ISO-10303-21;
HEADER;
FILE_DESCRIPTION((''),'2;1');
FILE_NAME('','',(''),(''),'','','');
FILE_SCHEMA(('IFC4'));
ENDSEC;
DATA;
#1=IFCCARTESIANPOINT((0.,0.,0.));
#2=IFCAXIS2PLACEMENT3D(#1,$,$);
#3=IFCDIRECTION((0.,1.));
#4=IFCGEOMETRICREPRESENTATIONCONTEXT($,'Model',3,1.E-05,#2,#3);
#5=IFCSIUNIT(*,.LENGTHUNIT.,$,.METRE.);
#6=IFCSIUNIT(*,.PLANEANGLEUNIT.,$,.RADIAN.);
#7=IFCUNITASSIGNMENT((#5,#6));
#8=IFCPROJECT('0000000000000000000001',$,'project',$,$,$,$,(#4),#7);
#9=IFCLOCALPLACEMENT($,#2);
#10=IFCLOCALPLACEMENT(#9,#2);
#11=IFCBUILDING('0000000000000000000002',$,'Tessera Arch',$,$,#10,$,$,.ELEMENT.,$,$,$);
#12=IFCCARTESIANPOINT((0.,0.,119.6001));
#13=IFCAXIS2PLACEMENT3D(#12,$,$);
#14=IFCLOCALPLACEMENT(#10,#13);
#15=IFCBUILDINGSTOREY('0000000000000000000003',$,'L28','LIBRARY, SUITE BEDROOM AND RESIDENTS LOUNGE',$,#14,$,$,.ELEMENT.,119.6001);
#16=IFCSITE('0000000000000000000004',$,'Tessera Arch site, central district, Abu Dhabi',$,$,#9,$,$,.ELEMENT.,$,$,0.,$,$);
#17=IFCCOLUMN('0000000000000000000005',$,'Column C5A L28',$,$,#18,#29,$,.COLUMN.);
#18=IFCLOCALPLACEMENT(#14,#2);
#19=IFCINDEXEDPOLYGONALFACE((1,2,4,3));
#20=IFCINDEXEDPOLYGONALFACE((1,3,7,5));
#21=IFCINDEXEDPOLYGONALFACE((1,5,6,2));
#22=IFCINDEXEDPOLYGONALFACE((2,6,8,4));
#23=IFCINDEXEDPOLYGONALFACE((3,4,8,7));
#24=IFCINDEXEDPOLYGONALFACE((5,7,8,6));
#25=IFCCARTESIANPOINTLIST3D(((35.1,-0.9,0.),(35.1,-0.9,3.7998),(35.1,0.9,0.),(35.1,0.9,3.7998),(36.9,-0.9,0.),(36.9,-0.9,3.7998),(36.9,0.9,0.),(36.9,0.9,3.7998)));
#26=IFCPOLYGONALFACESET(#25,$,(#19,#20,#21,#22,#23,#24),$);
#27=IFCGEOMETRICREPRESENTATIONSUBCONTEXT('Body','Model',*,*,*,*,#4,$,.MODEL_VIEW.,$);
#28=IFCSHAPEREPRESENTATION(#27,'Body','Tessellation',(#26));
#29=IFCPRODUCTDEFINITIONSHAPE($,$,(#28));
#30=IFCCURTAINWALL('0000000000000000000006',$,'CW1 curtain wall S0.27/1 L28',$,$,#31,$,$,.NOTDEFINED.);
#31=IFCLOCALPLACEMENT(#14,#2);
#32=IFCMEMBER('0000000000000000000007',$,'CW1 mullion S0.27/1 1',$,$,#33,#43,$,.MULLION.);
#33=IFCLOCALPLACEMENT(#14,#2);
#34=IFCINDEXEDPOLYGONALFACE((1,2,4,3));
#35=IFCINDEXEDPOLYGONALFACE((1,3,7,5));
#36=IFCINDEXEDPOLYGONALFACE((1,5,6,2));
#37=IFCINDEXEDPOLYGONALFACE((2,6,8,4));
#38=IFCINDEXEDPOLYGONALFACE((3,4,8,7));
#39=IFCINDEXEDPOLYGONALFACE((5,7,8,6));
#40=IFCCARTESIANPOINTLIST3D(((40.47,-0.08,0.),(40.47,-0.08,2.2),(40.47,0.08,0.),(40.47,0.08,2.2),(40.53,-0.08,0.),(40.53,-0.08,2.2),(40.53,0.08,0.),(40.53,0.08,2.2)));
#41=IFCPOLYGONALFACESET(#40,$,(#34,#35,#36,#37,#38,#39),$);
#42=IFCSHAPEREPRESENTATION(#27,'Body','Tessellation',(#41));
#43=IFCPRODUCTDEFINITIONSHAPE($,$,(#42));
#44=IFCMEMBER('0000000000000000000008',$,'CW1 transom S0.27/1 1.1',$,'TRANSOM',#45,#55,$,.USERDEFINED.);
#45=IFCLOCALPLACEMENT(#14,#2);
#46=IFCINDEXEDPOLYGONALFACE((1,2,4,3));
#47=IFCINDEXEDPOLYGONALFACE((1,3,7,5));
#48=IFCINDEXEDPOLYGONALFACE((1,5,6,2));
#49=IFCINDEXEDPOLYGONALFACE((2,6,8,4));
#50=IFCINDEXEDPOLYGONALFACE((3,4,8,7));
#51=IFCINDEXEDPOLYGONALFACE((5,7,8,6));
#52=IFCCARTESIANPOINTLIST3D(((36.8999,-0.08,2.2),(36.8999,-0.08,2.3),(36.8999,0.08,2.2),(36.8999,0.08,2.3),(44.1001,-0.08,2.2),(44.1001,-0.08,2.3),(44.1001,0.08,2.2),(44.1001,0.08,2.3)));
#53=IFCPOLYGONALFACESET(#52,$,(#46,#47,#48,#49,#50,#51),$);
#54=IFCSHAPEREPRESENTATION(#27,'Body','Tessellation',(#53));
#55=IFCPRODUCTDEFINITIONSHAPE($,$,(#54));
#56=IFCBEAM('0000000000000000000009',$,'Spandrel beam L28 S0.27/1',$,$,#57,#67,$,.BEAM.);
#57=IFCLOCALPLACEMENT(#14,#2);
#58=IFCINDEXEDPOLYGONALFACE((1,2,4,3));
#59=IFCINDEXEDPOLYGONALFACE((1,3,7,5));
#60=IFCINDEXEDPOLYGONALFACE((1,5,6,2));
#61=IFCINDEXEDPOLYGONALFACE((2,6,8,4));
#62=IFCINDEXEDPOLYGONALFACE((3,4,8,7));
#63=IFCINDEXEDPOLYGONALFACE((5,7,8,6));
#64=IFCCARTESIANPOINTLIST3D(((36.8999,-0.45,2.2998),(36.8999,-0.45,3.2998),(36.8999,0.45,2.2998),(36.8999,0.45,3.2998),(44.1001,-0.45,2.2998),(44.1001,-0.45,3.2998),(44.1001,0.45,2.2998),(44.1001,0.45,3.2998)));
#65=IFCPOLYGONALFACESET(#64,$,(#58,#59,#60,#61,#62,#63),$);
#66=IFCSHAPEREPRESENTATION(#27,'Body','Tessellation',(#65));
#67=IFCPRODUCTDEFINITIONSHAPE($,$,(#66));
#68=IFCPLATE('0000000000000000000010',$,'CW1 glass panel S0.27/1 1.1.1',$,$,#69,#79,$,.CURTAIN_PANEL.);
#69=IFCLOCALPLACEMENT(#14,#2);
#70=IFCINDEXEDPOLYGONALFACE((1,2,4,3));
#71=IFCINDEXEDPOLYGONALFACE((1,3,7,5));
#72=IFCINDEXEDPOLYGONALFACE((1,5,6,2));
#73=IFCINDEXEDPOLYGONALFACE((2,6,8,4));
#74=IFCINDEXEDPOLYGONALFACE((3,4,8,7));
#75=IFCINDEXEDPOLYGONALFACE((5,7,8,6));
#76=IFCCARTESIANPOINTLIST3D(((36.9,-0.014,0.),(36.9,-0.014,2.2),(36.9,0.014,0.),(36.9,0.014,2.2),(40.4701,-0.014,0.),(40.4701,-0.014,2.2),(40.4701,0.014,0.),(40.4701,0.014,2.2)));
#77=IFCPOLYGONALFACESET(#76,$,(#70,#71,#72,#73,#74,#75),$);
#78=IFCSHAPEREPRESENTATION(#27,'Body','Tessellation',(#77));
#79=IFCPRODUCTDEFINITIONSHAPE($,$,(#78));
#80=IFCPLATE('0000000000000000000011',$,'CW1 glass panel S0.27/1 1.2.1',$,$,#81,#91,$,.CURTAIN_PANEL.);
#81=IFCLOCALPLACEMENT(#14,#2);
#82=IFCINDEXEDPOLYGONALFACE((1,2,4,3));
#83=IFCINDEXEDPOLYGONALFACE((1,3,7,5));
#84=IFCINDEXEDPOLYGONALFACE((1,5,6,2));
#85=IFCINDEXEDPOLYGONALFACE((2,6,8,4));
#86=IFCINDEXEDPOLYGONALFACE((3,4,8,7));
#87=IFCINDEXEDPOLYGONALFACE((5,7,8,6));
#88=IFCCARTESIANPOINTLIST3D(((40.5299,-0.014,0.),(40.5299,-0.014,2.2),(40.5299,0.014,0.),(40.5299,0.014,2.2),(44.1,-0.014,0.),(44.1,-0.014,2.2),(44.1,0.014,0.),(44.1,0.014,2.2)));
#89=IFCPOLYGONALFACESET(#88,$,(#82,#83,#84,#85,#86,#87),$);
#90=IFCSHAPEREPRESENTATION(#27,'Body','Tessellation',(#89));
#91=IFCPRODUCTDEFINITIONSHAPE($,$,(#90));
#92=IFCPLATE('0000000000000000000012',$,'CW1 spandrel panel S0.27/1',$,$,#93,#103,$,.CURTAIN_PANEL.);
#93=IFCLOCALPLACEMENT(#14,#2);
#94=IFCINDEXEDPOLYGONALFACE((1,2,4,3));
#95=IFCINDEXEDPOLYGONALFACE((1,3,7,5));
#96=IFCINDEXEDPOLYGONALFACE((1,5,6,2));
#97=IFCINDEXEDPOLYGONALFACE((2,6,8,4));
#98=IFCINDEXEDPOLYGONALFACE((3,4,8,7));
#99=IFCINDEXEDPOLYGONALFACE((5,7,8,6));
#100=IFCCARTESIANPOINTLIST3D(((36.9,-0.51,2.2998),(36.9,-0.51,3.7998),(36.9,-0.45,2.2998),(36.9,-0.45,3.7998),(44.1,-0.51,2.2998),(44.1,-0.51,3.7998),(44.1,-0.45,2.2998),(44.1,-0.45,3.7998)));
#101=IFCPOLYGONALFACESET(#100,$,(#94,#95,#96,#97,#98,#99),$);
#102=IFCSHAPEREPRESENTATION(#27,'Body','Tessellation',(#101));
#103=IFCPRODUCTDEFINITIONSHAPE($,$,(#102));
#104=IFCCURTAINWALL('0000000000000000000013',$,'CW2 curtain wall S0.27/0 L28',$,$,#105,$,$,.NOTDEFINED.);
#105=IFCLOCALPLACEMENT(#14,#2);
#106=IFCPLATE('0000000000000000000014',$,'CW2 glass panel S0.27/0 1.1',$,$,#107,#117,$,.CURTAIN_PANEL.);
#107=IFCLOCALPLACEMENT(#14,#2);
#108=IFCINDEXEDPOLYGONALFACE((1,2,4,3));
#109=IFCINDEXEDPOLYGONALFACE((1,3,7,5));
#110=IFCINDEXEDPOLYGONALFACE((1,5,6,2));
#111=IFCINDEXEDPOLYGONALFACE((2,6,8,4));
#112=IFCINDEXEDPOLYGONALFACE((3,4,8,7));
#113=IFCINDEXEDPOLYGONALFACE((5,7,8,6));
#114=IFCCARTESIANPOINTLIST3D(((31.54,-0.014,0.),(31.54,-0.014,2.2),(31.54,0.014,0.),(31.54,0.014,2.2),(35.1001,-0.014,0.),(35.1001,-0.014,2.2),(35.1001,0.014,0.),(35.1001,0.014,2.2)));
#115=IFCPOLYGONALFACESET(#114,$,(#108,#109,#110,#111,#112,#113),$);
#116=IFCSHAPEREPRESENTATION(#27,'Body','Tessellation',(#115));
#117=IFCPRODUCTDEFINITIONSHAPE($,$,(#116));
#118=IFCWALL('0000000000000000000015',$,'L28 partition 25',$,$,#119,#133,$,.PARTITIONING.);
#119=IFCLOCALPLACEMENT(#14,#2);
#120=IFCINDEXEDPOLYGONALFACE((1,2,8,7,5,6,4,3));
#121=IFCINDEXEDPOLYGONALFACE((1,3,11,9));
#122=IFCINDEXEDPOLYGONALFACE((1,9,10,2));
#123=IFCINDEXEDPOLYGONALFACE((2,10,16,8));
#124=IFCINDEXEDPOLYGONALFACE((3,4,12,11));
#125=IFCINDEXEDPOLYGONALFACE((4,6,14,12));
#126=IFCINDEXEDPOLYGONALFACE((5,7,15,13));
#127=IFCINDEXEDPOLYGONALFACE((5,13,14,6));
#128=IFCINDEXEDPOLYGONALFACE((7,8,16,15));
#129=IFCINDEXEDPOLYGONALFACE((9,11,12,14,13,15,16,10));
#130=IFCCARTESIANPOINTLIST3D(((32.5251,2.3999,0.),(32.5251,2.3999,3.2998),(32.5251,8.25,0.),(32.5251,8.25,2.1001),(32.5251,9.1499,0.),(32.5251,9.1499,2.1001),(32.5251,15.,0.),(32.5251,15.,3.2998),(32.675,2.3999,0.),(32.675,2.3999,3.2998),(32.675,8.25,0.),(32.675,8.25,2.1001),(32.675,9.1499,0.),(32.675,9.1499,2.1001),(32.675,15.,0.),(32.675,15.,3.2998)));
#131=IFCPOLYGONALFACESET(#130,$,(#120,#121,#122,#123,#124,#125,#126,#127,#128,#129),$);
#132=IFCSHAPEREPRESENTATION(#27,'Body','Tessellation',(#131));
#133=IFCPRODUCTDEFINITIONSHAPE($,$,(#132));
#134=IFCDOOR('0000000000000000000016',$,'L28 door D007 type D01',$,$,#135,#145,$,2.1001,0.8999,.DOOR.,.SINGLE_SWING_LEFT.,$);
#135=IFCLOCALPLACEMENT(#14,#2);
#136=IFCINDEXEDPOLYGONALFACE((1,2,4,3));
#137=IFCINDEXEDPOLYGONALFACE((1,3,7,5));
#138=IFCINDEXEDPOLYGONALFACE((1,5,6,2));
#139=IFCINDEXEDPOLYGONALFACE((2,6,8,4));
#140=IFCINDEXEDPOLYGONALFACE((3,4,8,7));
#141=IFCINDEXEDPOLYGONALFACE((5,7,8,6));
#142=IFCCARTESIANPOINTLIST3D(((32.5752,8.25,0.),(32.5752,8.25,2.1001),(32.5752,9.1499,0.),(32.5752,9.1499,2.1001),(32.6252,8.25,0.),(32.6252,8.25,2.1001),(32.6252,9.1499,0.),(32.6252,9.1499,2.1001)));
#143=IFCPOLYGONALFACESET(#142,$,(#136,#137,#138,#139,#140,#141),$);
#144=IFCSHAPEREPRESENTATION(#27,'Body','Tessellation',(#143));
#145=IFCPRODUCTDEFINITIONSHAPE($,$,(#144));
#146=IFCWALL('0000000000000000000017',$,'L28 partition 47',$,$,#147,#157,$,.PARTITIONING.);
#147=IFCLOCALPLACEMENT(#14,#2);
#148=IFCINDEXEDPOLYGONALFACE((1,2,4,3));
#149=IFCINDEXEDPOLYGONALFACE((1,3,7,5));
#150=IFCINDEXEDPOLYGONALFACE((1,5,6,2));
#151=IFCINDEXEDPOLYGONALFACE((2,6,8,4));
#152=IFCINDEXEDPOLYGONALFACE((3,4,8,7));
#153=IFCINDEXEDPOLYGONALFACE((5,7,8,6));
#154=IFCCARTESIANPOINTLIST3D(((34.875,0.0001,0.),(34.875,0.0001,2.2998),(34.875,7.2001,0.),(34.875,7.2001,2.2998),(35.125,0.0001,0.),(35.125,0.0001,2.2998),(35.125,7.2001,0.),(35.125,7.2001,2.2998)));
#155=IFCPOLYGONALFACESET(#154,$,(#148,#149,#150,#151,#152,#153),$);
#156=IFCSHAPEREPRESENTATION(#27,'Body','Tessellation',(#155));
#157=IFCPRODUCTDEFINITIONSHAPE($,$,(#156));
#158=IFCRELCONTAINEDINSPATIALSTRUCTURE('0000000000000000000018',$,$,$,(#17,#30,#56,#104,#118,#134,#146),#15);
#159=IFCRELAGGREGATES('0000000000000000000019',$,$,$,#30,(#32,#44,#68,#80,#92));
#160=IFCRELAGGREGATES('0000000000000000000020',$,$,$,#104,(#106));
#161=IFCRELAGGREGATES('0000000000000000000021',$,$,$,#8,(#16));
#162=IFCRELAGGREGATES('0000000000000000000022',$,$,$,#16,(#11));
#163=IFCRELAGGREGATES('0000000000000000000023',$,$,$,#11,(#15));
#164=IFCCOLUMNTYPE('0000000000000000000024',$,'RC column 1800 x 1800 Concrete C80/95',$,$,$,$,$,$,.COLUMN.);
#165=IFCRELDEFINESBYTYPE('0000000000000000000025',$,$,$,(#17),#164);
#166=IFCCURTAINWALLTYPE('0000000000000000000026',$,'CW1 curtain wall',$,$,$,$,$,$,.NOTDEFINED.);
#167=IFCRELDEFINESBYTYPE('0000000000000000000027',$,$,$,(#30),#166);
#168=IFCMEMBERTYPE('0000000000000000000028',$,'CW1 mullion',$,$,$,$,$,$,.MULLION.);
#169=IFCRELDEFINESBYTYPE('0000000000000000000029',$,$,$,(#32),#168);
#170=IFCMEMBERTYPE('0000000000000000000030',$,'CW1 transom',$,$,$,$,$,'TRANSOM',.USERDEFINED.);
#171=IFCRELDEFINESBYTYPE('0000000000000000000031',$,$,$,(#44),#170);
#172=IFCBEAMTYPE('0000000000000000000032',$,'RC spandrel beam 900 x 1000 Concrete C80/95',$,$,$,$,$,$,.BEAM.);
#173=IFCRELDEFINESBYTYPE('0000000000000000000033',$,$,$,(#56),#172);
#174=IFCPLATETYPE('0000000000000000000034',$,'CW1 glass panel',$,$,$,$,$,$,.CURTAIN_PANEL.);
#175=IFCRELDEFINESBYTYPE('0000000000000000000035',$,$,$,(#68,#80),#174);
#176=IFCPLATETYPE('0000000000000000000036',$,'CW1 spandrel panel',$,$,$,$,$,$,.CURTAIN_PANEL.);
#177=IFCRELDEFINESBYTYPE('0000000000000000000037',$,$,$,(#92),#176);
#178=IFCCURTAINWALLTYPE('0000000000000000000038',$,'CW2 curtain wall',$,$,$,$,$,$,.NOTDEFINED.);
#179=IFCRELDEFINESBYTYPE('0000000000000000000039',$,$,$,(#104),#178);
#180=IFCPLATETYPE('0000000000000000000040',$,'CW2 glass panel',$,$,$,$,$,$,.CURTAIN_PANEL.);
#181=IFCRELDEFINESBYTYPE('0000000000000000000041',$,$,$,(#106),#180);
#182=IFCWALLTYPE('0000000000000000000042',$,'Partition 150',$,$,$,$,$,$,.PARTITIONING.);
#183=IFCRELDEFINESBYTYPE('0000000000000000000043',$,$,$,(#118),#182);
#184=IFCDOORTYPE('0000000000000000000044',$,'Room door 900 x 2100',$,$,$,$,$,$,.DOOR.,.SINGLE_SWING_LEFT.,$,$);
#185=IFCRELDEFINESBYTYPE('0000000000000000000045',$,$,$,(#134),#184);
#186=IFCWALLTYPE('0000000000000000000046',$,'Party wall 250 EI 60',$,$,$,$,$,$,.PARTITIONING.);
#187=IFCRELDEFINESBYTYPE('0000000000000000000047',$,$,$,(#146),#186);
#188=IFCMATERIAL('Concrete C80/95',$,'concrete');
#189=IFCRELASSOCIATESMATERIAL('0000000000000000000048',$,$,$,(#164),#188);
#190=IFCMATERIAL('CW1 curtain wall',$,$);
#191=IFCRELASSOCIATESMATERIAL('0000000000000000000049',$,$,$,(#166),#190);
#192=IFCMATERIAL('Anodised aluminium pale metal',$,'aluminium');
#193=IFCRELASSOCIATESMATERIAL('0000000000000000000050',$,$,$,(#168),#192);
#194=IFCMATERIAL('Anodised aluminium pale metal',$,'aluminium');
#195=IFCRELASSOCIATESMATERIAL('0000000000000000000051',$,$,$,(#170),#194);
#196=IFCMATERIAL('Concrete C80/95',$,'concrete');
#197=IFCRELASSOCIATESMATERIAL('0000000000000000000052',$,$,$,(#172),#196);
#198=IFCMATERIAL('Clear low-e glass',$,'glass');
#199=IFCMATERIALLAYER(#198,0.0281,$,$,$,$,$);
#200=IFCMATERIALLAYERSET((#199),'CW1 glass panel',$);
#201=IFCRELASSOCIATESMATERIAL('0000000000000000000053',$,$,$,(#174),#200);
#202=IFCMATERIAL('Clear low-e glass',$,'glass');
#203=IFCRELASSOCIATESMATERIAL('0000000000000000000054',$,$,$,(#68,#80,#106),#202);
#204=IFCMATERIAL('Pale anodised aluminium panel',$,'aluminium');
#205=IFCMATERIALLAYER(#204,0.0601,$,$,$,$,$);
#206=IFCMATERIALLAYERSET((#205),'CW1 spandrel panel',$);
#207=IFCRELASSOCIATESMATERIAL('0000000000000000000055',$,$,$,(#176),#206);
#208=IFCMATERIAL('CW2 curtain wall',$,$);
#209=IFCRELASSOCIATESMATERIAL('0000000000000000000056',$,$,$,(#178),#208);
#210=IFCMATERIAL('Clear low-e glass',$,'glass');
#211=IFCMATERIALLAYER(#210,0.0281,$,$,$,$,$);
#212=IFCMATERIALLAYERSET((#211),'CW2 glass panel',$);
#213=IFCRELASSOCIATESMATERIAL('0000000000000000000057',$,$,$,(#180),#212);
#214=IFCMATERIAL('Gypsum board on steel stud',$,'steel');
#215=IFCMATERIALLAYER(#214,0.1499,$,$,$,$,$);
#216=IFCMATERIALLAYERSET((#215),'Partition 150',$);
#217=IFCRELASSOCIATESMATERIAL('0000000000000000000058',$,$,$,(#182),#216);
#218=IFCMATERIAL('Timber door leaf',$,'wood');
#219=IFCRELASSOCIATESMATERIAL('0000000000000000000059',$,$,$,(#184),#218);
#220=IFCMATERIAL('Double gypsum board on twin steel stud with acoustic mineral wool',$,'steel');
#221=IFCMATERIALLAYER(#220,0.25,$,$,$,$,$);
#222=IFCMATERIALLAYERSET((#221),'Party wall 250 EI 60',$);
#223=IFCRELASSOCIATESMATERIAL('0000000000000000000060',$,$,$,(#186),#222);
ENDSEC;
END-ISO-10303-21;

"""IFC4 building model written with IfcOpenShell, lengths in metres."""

from ifc_helpers import new_model, si_unit, direction, frame, frame_2d, origin, origin_2d, place, context, subcontext, project, spatial, rectangle, extrude, material, layer, layer_set, material_profile, profile_set, type_object, element, fill, aggregate, save


model = new_model("IFC4")

# Units and contexts
model_context = context("Model", 3, precision=1e-05, world=origin(), true_north=direction((0.0, 1.0)))
body_context = subcontext(model_context, "Body", "Model", "MODEL_VIEW")
ifc_project = project(units=[si_unit("LENGTHUNIT", "METRE"), si_unit("PLANEANGLEUNIT", "RADIAN")], contexts=[model_context])

# Site, building, storey
site_placement = place(None, origin())
site = spatial("IfcSite", under=ifc_project, at=site_placement, Name="Tessera Arch site, central district, Abu Dhabi", CompositionType="ELEMENT", RefElevation=0.0)
building_placement = place(site_placement, origin())
building = spatial("IfcBuilding", under=site, at=building_placement, Name="Tessera Arch", CompositionType="ELEMENT")
storey_placement = place(building_placement, frame((0.0, 0.0, 119.6001)))
storey = spatial("IfcBuildingStorey", under=building, at=storey_placement, Name="L28", Description="LIBRARY, SUITE BEDROOM AND RESIDENTS LOUNGE", CompositionType="ELEMENT", Elevation=119.6001)

# Column
ifc_material_1 = material(Name="Concrete C80/95", Category="concrete")
ifc_material_profile_1 = material_profile(ifc_material_1, rectangle(XDim=1.8, YDim=1.8, at=origin_2d()), Name="RC column 1800 x 1800 Concrete C80/95")
ifc_profile_set_1 = profile_set([ifc_material_profile_1], Name="Concrete C80/95")
column_type = type_object("IfcColumnType", Name="RC column 1800 x 1800 Concrete C80/95", PredefinedType="COLUMN", material=ifc_profile_set_1)
column_placement = place(storey_placement, frame((36.0, 0.0, 0.0), z_axis=(0.0, 0.0, 1.0), x_axis=(1.0, 0.0, 0.0)))
element("IfcColumn", 1, at=column_placement, inside=storey, type_object=column_type, Name="Column C5A L28", PredefinedType="COLUMN", context=body_context, shape_type="SweptSolid", body=[
    extrude(rectangle(XDim=1.8, YDim=1.8, at=origin_2d()), origin(), (0.0, 0.0, 1.0), 3.7998),
])

# Curtain wall, members
ifc_material_2 = material(Name="CW1 curtain wall")
curtain_wall_type_1 = type_object("IfcCurtainWallType", Name="CW1 curtain wall", PredefinedType="NOTDEFINED", material=ifc_material_2)
curtain_wall_1_placement = place(storey_placement, origin())
curtain_wall_1 = element("IfcCurtainWall", 2, at=curtain_wall_1_placement, inside=storey, type_object=curtain_wall_type_1, Name="CW1 curtain wall S0.27/1 L28", PredefinedType="NOTDEFINED")
ifc_material_3 = material(Name="Anodised aluminium pale metal", Category="aluminium")
ifc_material_profile_2 = material_profile(ifc_material_3, rectangle(XDim=0.1599, YDim=0.0601, at=origin_2d()), Name="AL 60x160")
ifc_profile_set_2 = profile_set([ifc_material_profile_2], Name="Anodised aluminium pale metal")
member_type_1 = type_object("IfcMemberType", Name="CW1 mullion", PredefinedType="MULLION", material=ifc_profile_set_2)
member_1_placement = place(storey_placement, frame((40.5, 0.0, 0.0), z_axis=(0.0, 0.0, 1.0), x_axis=(0.0, 1.0, 0.0)))
member_1 = element("IfcMember", 3, at=member_1_placement, type_object=member_type_1, Name="CW1 mullion S0.27/1 1", PredefinedType="MULLION", context=body_context, shape_type="SweptSolid", body=[
    extrude(rectangle(XDim=0.1599, YDim=0.0601, at=origin_2d()), origin(), (0.0, 0.0, 1.0), 2.2),
])
ifc_material_4 = material(Name="Anodised aluminium pale metal", Category="aluminium")
ifc_material_profile_3 = material_profile(ifc_material_4, rectangle(XDim=0.1599, YDim=0.1001, at=origin_2d()), Name="AL 160x100")
ifc_profile_set_3 = profile_set([ifc_material_profile_3], Name="Anodised aluminium pale metal")
member_type_2 = type_object("IfcMemberType", Name="CW1 transom", ElementType="TRANSOM", PredefinedType="USERDEFINED", material=ifc_profile_set_3)
member_2_placement = place(storey_placement, frame((36.8999, 0.0, 2.25), z_axis=(1.0, 0.0, 0.0), x_axis=(0.0, 1.0, 0.0)))
member_2 = element("IfcMember", 4, at=member_2_placement, type_object=member_type_2, Name="CW1 transom S0.27/1 1.1", ObjectType="TRANSOM", PredefinedType="USERDEFINED", context=body_context, shape_type="SweptSolid", body=[
    extrude(rectangle(XDim=0.1599, YDim=0.1001, at=origin_2d()), origin(), (0.0, 0.0, 1.0), 7.2002),
])

# Beam
ifc_material_5 = material(Name="Concrete C80/95", Category="concrete")
ifc_material_profile_4 = material_profile(ifc_material_5, rectangle(XDim=0.8999, YDim=1.0, at=origin_2d()), Name="RC spandrel beam 900 x 1000 Concrete C80/95")
ifc_profile_set_4 = profile_set([ifc_material_profile_4], Name="Concrete C80/95")
beam_type = type_object("IfcBeamType", Name="RC spandrel beam 900 x 1000 Concrete C80/95", PredefinedType="BEAM", material=ifc_profile_set_4)
beam_placement = place(storey_placement, frame((36.8999, 0.0, 2.7998), z_axis=(1.0, 0.0, 0.0), x_axis=(0.0, 1.0, 0.0)))
element("IfcBeam", 5, at=beam_placement, inside=storey, type_object=beam_type, Name="Spandrel beam L28 S0.27/1", PredefinedType="BEAM", context=body_context, shape_type="SweptSolid", body=[
    extrude(rectangle(XDim=0.8999, YDim=1.0, at=origin_2d()), origin(), (0.0, 0.0, 1.0), 7.2002),
])

# Plates
ifc_material_6 = material(Name="Clear low-e glass", Category="glass")
ifc_material_7 = material(Name="Clear low-e glass", Category="glass")
ifc_layer_1 = layer(ifc_material_7, 0.0281)
ifc_layer_set_1 = layer_set([ifc_layer_1], Name="CW1 glass panel")
plate_type_1 = type_object("IfcPlateType", Name="CW1 glass panel", PredefinedType="CURTAIN_PANEL", material=ifc_layer_set_1)
plate_1_placement = place(storey_placement, frame((38.6851, 0.0, 0.0), z_axis=(0.0, 0.0, 1.0), x_axis=(1.0, 0.0, 0.0)))
plate_1 = element("IfcPlate", 6, at=plate_1_placement, type_object=plate_type_1, material=ifc_material_6, Name="CW1 glass panel S0.27/1 1.1.1", PredefinedType="CURTAIN_PANEL", context=body_context, shape_type="SweptSolid", body=[
    extrude(rectangle(XDim=3.5701, YDim=0.0281, at=origin_2d()), origin(), (0.0, 0.0, 1.0), 2.2),
])
plate_2_placement = place(storey_placement, frame((42.3149, 0.0, 0.0), z_axis=(0.0, 0.0, 1.0), x_axis=(1.0, 0.0, 0.0)))
plate_2 = element("IfcPlate", 7, at=plate_2_placement, type_object=plate_type_1, material=ifc_material_6, Name="CW1 glass panel S0.27/1 1.2.1", PredefinedType="CURTAIN_PANEL", context=body_context, shape_type="SweptSolid", body=[
    extrude(rectangle(XDim=3.5701, YDim=0.0281, at=origin_2d()), origin(), (0.0, 0.0, 1.0), 2.2),
])
ifc_material_8 = material(Name="Pale anodised aluminium panel", Category="aluminium")
ifc_layer_2 = layer(ifc_material_8, 0.0601)
ifc_layer_set_2 = layer_set([ifc_layer_2], Name="CW1 spandrel panel")
plate_type_2 = type_object("IfcPlateType", Name="CW1 spandrel panel", PredefinedType="CURTAIN_PANEL", material=ifc_layer_set_2)
plate_3_placement = place(storey_placement, frame((40.5, -0.48, 2.2998), z_axis=(0.0, 0.0, 1.0), x_axis=(1.0, 0.0, 0.0)))
plate_3 = element("IfcPlate", 8, at=plate_3_placement, type_object=plate_type_2, Name="CW1 spandrel panel S0.27/1", PredefinedType="CURTAIN_PANEL", context=body_context, shape_type="SweptSolid", body=[
    extrude(rectangle(XDim=7.2, YDim=0.0601, at=origin_2d()), origin(), (0.0, 0.0, 1.0), 1.5),
])
aggregate(curtain_wall_1, [member_1, member_2, plate_1, plate_2, plate_3])

# Curtain wall, plate
ifc_material_9 = material(Name="CW2 curtain wall")
curtain_wall_type_2 = type_object("IfcCurtainWallType", Name="CW2 curtain wall", PredefinedType="NOTDEFINED", material=ifc_material_9)
curtain_wall_2_placement = place(storey_placement, origin())
curtain_wall_2 = element("IfcCurtainWall", 9, at=curtain_wall_2_placement, inside=storey, type_object=curtain_wall_type_2, Name="CW2 curtain wall S0.27/0 L28", PredefinedType="NOTDEFINED")
ifc_material_10 = material(Name="Clear low-e glass", Category="glass")
ifc_layer_3 = layer(ifc_material_10, 0.0281)
ifc_layer_set_3 = layer_set([ifc_layer_3], Name="CW2 glass panel")
plate_type_3 = type_object("IfcPlateType", Name="CW2 glass panel", PredefinedType="CURTAIN_PANEL", material=ifc_layer_set_3)
plate_4_placement = place(storey_placement, frame((33.3201, 0.0, 0.0), z_axis=(0.0, 0.0, 1.0), x_axis=(1.0, 0.0, 0.0)))
plate_4 = element("IfcPlate", 10, at=plate_4_placement, type_object=plate_type_3, material=ifc_material_6, Name="CW2 glass panel S0.27/0 1.1", PredefinedType="CURTAIN_PANEL", context=body_context, shape_type="SweptSolid", body=[
    extrude(rectangle(XDim=3.5601, YDim=0.0281, at=origin_2d()), origin(), (0.0, 0.0, 1.0), 2.2),
])
aggregate(curtain_wall_2, [plate_4])

# Wall, opening, door
ifc_material_11 = material(Name="Gypsum board on steel stud", Category="steel")
ifc_layer_4 = layer(ifc_material_11, 0.1499)
ifc_layer_set_4 = layer_set([ifc_layer_4], Name="Partition 150")
wall_type_1 = type_object("IfcWallType", Name="Partition 150", PredefinedType="PARTITIONING", material=ifc_layer_set_4)
wall_1_placement = place(storey_placement, frame((32.6001, 2.3999, 0.0), z_axis=(0.0, 0.0, 1.0), x_axis=(0.0, 1.0, 0.0)))
wall_1 = element("IfcWall", 11, at=wall_1_placement, inside=storey, type_object=wall_type_1, Name="L28 partition 25", PredefinedType="PARTITIONING", context=body_context, shape_type="SweptSolid", body=[
    extrude(rectangle(XDim=12.6001, YDim=0.1499, at=frame_2d((6.3, 0.0))), origin(), (0.0, 0.0, 1.0), 3.2998),
])
opening_1_placement = place(wall_1_placement, frame((5.8501, 0.0, 0.0)))
opening_1 = element("IfcOpeningElement", 12, at=opening_1_placement, cuts=wall_1, PredefinedType="OPENING", context=body_context, shape_type="SweptSolid", body=[
    extrude(rectangle(XDim=0.8999, YDim=2.1001, at=frame_2d((0.45, 1.05))), frame((0.0, 0.085, 0.0), z_axis=(0.0, -1.0, 0.0), x_axis=(1.0, 0.0, 0.0)), (0.0, 0.0, 1.0), 0.1699),
])
ifc_material_12 = material(Name="Timber door leaf", Category="wood")
door_type_1 = type_object("IfcDoorType", Name="Room door 900 x 2100", OperationType="SINGLE_SWING_LEFT", PredefinedType="DOOR", material=ifc_material_12)
door_1_placement = place(opening_1_placement, origin())
door_1 = element("IfcDoor", 13, at=door_1_placement, inside=storey, type_object=door_type_1, Name="L28 door D007 type D01", OperationType="SINGLE_SWING_LEFT", OverallHeight=2.1001, OverallWidth=0.8999, PredefinedType="DOOR", context=body_context, shape_type="SweptSolid", body=[
    extrude(rectangle(XDim=0.8999, YDim=2.1001, at=frame_2d((0.45, 1.05))), frame((0.0, 0.0249, 0.0), z_axis=(0.0, -1.0, 0.0), x_axis=(1.0, 0.0, 0.0)), (0.0, 0.0, 1.0), 0.05),
])
fill(opening_1, door_1)

# Wall
ifc_material_13 = material(Name="Double gypsum board on twin steel stud with acoustic mineral wool", Category="steel")
ifc_layer_5 = layer(ifc_material_13, 0.25)
ifc_layer_set_5 = layer_set([ifc_layer_5], Name="Party wall 250 EI 60")
wall_type_2 = type_object("IfcWallType", Name="Party wall 250 EI 60", PredefinedType="PARTITIONING", material=ifc_layer_set_5)
wall_2_placement = place(storey_placement, frame((35.0, 0.0, 0.0), z_axis=(0.0, 0.0, 1.0), x_axis=(0.0, 1.0, 0.0)))
element("IfcWall", 14, at=wall_2_placement, inside=storey, type_object=wall_type_2, Name="L28 partition 47", PredefinedType="PARTITIONING", context=body_context, shape_type="SweptSolid", body=[
    extrude(rectangle(XDim=7.2, YDim=0.25, at=frame_2d((3.6001, 0.0))), origin(), (0.0, 0.0, 1.0), 2.2998),
])

save(model, "model.ifc")
